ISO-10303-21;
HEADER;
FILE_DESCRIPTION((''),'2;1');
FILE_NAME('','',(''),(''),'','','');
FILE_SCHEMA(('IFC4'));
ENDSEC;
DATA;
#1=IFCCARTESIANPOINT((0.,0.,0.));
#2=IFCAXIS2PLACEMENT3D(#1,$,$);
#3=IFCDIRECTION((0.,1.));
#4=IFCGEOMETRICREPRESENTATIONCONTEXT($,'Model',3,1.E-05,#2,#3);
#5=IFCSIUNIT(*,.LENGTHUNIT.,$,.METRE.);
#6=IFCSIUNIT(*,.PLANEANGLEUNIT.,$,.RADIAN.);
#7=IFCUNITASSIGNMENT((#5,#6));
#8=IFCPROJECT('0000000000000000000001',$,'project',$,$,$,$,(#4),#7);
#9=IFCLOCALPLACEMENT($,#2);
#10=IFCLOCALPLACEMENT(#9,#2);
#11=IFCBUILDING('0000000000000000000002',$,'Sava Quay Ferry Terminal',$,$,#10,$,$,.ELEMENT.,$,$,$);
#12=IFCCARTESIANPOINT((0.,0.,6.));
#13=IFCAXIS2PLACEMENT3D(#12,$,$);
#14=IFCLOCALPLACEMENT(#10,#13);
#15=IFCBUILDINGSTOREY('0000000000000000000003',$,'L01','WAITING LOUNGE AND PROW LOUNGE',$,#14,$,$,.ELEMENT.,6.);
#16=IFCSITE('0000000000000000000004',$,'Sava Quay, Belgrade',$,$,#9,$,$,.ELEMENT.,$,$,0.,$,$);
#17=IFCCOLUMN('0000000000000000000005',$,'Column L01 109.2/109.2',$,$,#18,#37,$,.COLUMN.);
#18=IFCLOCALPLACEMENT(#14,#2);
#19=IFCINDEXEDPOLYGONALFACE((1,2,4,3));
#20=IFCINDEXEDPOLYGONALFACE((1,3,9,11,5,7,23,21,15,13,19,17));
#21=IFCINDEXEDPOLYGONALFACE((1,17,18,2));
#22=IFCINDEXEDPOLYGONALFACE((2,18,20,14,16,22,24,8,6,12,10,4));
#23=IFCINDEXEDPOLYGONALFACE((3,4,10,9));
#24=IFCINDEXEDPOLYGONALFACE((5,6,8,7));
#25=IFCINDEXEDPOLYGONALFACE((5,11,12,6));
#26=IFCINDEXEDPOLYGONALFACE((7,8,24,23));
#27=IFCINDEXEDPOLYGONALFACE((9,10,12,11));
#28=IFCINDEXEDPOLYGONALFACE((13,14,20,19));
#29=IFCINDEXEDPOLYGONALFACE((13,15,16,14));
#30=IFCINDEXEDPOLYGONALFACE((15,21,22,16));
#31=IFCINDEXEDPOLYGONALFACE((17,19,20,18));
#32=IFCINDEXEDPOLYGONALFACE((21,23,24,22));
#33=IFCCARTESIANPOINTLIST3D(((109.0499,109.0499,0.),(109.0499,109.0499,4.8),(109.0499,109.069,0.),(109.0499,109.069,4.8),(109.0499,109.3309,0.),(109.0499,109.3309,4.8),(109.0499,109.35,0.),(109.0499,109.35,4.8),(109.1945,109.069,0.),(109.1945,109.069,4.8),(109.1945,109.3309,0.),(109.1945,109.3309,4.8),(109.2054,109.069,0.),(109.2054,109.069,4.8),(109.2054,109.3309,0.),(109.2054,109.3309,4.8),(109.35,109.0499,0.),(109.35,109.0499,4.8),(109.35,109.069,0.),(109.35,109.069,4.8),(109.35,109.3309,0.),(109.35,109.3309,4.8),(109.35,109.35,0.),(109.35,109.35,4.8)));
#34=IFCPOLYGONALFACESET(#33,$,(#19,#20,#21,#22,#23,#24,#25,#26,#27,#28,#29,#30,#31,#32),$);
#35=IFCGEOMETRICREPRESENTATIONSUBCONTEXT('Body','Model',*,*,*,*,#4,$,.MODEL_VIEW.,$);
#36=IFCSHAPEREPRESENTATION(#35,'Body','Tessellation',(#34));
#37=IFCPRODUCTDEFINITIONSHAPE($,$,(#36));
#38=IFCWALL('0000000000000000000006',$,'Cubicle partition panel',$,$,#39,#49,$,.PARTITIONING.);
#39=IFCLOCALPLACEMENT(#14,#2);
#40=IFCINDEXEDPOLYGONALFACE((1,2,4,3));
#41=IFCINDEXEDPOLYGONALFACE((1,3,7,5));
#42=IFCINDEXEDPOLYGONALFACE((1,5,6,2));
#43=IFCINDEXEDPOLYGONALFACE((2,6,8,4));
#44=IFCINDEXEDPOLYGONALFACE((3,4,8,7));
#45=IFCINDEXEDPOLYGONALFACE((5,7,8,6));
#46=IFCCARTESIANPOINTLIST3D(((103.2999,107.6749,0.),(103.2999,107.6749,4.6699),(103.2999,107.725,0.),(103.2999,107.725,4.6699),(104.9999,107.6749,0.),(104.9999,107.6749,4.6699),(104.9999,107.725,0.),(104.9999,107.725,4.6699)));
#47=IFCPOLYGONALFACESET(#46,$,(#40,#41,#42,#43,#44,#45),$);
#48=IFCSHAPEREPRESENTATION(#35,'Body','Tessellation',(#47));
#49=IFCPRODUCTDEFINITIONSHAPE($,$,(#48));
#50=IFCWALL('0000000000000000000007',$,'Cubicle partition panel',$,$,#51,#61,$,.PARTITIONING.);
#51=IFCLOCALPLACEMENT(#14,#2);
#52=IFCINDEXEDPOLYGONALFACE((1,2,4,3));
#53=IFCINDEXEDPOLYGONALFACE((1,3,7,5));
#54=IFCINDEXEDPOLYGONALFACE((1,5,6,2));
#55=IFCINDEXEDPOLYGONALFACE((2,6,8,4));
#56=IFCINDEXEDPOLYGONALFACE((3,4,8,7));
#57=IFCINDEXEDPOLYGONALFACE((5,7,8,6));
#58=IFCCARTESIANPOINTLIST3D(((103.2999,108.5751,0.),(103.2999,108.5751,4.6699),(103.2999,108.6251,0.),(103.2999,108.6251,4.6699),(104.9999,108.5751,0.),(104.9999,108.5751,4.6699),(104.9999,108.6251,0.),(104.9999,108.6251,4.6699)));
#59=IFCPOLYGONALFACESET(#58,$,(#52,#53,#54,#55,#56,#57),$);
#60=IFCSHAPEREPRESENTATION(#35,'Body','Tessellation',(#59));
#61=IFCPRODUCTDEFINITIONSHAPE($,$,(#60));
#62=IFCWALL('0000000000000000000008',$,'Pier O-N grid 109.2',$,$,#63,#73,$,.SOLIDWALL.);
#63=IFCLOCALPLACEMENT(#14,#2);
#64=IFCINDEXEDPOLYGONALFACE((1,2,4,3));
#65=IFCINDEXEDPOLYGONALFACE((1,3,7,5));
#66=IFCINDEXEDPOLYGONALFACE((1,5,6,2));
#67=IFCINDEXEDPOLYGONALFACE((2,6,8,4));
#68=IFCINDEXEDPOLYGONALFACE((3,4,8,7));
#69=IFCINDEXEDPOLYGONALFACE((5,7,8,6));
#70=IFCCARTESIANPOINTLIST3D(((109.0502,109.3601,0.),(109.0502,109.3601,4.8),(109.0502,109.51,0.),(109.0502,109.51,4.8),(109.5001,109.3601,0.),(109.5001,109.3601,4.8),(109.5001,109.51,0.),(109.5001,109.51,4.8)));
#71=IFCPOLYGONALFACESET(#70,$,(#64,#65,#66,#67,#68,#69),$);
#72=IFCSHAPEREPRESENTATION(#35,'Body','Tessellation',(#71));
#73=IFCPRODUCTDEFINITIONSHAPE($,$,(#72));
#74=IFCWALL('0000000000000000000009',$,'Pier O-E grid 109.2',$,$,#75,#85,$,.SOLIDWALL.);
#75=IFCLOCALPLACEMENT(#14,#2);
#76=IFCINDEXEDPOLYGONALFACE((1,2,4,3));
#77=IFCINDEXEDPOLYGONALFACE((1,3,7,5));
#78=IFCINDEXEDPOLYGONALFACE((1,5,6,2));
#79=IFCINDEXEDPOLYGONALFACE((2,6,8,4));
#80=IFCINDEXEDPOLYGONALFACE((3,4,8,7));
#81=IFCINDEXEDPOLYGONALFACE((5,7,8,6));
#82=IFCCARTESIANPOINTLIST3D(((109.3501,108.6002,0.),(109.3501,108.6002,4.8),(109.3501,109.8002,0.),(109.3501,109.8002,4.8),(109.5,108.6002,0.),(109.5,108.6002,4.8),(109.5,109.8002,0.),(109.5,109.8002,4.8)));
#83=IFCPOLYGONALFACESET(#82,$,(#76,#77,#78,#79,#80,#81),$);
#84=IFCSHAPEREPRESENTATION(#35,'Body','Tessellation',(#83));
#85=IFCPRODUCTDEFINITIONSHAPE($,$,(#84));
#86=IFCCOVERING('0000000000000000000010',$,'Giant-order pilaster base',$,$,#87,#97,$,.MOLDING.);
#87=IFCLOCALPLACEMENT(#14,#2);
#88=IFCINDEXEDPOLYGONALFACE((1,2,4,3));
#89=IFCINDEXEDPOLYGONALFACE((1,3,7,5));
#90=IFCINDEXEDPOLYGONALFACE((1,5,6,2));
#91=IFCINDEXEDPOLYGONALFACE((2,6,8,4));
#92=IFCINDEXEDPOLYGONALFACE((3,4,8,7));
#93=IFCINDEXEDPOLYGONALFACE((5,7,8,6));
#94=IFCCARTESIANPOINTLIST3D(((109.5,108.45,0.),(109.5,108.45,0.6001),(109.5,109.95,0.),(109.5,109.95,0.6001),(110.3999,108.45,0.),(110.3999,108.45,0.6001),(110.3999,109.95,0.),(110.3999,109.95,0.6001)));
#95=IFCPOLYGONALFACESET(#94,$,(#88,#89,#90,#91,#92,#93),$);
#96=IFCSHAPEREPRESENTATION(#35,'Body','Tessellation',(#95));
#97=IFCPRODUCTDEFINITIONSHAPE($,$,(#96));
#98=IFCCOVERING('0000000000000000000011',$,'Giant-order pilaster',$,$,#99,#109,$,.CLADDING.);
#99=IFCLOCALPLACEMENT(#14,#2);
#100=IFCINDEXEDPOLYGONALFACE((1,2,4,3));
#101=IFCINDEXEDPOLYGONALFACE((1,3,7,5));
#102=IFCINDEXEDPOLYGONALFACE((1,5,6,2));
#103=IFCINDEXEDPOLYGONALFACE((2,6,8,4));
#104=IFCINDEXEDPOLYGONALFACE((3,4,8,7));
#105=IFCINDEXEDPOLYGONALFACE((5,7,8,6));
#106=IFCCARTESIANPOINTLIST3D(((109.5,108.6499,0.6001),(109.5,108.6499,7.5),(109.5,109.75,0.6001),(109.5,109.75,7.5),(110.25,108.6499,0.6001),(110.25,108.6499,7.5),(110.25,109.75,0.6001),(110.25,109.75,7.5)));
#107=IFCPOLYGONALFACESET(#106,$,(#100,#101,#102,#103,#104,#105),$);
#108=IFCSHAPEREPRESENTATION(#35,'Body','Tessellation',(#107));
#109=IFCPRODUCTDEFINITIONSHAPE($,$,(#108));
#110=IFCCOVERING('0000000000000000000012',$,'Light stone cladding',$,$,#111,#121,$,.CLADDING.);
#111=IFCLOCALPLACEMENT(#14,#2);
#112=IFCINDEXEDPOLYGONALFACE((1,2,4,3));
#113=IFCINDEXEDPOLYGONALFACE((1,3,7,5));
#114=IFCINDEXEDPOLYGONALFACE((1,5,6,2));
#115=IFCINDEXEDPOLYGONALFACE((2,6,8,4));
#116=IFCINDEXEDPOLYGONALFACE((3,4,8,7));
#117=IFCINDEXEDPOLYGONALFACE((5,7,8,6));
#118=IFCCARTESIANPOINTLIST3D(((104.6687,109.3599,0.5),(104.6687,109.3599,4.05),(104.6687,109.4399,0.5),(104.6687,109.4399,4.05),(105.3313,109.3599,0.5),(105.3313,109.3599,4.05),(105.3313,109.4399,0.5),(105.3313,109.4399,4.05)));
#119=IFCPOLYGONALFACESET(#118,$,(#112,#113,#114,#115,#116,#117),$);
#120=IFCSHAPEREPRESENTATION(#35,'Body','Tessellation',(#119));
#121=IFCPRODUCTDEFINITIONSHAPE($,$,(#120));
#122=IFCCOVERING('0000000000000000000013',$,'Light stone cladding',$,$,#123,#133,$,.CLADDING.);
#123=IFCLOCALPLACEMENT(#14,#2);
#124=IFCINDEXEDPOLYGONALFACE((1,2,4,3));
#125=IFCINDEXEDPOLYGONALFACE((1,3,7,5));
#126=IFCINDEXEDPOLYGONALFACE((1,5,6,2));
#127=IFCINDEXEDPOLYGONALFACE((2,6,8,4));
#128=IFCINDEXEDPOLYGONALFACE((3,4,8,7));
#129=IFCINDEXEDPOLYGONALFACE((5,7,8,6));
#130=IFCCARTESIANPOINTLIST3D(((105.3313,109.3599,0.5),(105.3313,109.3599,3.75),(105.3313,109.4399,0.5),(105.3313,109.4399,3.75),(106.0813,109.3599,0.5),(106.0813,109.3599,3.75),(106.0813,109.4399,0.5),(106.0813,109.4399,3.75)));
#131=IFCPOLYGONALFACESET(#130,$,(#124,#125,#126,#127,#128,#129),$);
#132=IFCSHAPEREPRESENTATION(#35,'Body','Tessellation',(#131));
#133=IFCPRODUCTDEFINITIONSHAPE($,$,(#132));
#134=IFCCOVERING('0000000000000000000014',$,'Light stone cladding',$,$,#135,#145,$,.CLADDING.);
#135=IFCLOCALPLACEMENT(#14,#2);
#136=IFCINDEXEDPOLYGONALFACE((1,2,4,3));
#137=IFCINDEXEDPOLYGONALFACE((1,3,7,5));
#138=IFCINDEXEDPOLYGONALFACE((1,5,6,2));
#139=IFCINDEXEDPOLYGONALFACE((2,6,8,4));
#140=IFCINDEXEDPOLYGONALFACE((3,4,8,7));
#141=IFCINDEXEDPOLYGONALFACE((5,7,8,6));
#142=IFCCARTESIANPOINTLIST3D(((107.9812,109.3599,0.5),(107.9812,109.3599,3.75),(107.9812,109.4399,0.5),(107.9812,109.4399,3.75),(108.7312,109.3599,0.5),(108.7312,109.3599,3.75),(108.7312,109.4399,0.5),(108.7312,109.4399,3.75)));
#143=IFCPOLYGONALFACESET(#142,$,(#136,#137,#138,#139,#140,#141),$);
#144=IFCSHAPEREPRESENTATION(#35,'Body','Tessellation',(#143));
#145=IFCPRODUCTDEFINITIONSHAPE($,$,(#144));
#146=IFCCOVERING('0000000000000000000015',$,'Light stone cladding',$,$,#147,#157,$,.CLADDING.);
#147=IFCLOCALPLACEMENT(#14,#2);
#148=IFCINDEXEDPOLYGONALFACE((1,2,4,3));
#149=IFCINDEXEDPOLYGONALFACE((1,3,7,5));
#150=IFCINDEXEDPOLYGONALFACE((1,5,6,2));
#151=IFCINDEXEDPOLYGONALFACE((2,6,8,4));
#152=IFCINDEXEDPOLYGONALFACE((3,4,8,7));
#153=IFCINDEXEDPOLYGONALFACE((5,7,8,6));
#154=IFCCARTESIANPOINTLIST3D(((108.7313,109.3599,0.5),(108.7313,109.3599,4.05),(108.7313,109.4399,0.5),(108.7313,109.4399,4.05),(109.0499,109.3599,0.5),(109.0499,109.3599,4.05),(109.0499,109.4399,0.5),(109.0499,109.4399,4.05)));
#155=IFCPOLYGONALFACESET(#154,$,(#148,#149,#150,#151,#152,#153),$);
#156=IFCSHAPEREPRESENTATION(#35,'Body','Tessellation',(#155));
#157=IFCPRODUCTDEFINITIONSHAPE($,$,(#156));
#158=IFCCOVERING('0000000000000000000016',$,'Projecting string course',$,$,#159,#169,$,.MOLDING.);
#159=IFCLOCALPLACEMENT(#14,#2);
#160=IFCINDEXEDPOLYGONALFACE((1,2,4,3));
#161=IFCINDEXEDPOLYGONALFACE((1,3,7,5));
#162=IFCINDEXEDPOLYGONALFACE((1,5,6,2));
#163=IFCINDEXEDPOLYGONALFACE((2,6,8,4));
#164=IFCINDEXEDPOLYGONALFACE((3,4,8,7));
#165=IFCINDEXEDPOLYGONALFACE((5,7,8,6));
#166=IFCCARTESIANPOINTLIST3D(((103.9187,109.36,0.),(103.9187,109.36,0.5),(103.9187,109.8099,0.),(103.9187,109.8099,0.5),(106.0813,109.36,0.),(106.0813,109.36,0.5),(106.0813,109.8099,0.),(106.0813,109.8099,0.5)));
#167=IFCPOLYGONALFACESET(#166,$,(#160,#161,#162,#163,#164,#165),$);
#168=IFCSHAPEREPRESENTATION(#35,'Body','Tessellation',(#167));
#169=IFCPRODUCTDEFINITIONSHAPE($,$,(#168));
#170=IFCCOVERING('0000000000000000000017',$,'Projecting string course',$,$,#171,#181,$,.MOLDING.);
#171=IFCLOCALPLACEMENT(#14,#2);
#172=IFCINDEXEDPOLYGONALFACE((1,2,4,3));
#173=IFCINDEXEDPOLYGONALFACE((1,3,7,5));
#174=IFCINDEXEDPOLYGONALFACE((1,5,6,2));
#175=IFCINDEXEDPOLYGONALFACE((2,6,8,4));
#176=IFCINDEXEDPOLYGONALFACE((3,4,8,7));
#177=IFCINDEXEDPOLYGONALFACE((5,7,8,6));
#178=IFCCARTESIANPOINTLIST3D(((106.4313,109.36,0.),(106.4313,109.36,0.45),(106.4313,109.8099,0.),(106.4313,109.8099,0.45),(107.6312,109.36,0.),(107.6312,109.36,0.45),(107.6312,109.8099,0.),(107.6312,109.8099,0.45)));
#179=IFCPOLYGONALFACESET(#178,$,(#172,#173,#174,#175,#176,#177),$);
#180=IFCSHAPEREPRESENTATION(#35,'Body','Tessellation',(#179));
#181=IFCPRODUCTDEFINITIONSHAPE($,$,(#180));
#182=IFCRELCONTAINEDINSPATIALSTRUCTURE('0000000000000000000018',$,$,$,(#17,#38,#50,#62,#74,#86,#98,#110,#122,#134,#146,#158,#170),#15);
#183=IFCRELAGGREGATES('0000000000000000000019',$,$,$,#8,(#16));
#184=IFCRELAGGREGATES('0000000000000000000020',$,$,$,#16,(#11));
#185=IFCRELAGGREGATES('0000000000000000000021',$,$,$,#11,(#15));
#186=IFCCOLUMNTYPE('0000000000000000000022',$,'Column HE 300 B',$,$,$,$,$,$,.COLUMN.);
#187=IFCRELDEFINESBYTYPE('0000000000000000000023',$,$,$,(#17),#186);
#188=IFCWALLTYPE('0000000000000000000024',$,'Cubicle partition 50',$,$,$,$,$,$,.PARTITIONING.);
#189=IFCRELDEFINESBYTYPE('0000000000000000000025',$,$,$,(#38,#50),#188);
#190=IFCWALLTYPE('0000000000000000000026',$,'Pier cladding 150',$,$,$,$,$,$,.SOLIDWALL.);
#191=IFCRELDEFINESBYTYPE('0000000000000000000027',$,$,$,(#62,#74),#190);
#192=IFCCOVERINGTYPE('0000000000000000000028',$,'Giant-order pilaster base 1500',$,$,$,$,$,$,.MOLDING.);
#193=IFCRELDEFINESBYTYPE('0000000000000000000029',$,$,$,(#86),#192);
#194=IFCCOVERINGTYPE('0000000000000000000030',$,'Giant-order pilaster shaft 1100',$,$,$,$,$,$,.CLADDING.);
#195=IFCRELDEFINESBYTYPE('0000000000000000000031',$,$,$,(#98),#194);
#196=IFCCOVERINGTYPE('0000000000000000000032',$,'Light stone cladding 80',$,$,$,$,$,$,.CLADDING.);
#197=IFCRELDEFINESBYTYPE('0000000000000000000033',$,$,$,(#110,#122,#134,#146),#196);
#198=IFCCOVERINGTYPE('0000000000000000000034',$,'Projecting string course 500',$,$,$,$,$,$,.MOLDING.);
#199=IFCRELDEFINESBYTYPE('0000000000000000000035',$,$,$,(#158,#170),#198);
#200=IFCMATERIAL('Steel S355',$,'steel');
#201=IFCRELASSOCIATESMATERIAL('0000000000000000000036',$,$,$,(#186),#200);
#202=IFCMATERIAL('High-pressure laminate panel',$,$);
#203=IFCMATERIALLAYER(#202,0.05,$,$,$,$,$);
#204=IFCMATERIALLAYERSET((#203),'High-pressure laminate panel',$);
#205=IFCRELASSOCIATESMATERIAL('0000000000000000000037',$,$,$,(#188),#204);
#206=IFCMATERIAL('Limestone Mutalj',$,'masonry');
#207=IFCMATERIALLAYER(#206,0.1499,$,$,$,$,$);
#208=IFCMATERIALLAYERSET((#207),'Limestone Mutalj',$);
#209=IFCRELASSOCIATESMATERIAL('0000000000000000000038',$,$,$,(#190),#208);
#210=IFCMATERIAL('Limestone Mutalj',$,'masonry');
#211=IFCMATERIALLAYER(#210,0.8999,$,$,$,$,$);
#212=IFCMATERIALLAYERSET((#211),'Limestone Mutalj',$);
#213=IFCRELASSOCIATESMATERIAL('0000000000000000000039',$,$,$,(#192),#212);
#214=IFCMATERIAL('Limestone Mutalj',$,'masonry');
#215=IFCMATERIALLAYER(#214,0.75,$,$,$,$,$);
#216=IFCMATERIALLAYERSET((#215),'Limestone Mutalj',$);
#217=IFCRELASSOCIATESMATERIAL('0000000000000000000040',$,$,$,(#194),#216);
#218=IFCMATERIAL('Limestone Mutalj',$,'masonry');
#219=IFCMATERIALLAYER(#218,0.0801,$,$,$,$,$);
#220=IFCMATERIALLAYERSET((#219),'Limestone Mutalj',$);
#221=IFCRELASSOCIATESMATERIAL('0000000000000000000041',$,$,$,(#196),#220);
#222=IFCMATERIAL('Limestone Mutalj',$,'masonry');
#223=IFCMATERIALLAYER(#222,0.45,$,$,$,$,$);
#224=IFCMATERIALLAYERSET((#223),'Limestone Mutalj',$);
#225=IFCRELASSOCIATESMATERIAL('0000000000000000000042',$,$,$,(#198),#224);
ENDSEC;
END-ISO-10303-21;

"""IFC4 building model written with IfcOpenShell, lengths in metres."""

from ifc_helpers import new_model, si_unit, direction, frame, frame_2d, origin, origin_2d, place, context, subcontext, project, spatial, rectangle, i_section, extrude, material, layer, layer_set, material_profile, profile_set, type_object, element, save


model = new_model("IFC4")

# Units and contexts
model_context = context("Model", 3, precision=1e-05, world=origin(), true_north=direction((0.0, 1.0)))
body_context = subcontext(model_context, "Body", "Model", "MODEL_VIEW")
ifc_project = project(units=[si_unit("LENGTHUNIT", "METRE"), si_unit("PLANEANGLEUNIT", "RADIAN")], contexts=[model_context])

# Site, building, storey
site_placement = place(None, origin())
site = spatial("IfcSite", under=ifc_project, at=site_placement, Name="Sava Quay, Belgrade", CompositionType="ELEMENT", RefElevation=0.0)
building_placement = place(site_placement, origin())
building = spatial("IfcBuilding", under=site, at=building_placement, Name="Sava Quay Ferry Terminal", CompositionType="ELEMENT")
storey_placement = place(building_placement, frame((0.0, 0.0, 6.0)))
storey = spatial("IfcBuildingStorey", under=building, at=storey_placement, Name="L01", Description="WAITING LOUNGE AND PROW LOUNGE", CompositionType="ELEMENT", Elevation=6.0)

# Column
ifc_material_1 = material(Name="Steel S355", Category="steel")
ifc_material_profile = material_profile(ifc_material_1, i_section(OverallWidth=0.3, OverallDepth=0.3, WebThickness=0.011, FlangeThickness=0.019, at=origin_2d()), Name="HE 300 B")
ifc_profile_set = profile_set([ifc_material_profile], Name="Steel S355")
column_type = type_object("IfcColumnType", Name="Column HE 300 B", PredefinedType="COLUMN", material=ifc_profile_set)
column_placement = place(storey_placement, frame((109.2, 109.2, 0.0), z_axis=(0.0, 0.0, 1.0), x_axis=(1.0, 0.0, 0.0)))
element("IfcColumn", 1, at=column_placement, inside=storey, type_object=column_type, Name="Column L01 109.2/109.2", PredefinedType="COLUMN", context=body_context, shape_type="SweptSolid", body=[
    extrude(i_section(OverallWidth=0.3, OverallDepth=0.3, WebThickness=0.011, FlangeThickness=0.019, at=origin_2d()), origin(), (0.0, 0.0, 1.0), 4.8),
])

# Walls
ifc_material_2 = material(Name="High-pressure laminate panel")
ifc_layer_1 = layer(ifc_material_2, 0.05)
ifc_layer_set_1 = layer_set([ifc_layer_1], Name="High-pressure laminate panel")
wall_type_1 = type_object("IfcWallType", Name="Cubicle partition 50", PredefinedType="PARTITIONING", material=ifc_layer_set_1)
for number, where, z_axis, x_axis, name in (
    (2, (105.0, 107.7, 0.0), (0.0, 0.0, 1.0), (-1.0, 0.0, 0.0), "Cubicle partition panel"),
    (3, (105.0, 108.6001, 0.0), (0.0, 0.0, 1.0), (-1.0, 0.0, 0.0), "Cubicle partition panel"),
):
    element("IfcWall", number, at=place(storey_placement, frame(where, z_axis=z_axis, x_axis=x_axis)), inside=storey, type_object=wall_type_1, Name=name, PredefinedType="PARTITIONING", context=body_context, shape_type="SweptSolid", body=[
        extrude(rectangle(XDim=1.7, YDim=0.05, at=frame_2d((0.8501, 0.0))), origin(), (0.0, 0.0, 1.0), 4.6699),
    ])
ifc_material_3 = material(Name="Limestone Mutalj", Category="masonry")
ifc_layer_2 = layer(ifc_material_3, 0.1499)
ifc_layer_set_2 = layer_set([ifc_layer_2], Name="Limestone Mutalj")
wall_type_2 = type_object("IfcWallType", Name="Pier cladding 150", PredefinedType="SOLIDWALL", material=ifc_layer_set_2)
wall_1_placement = place(storey_placement, frame((109.05, 109.4351, 0.0), z_axis=(0.0, 0.0, 1.0), x_axis=(1.0, 0.0, 0.0)))
element("IfcWall", 4, at=wall_1_placement, inside=storey, type_object=wall_type_2, Name="Pier O-N grid 109.2", PredefinedType="SOLIDWALL", context=body_context, shape_type="SweptSolid", body=[
    extrude(rectangle(XDim=0.45, YDim=0.1499, at=frame_2d((0.2251, 0.0))), origin(), (0.0, 0.0, 1.0), 4.8),
])
wall_2_placement = place(storey_placement, frame((109.425, 108.6001, 0.0), z_axis=(0.0, 0.0, 1.0), x_axis=(0.0, 1.0, 0.0)))
element("IfcWall", 5, at=wall_2_placement, inside=storey, type_object=wall_type_2, Name="Pier O-E grid 109.2", PredefinedType="SOLIDWALL", context=body_context, shape_type="SweptSolid", body=[
    extrude(rectangle(XDim=1.2, YDim=0.1499, at=frame_2d((0.6001, 0.0))), origin(), (0.0, 0.0, 1.0), 4.8),
])

# Coverings
ifc_material_4 = material(Name="Limestone Mutalj", Category="masonry")
ifc_layer_3 = layer(ifc_material_4, 0.8999)
ifc_layer_set_3 = layer_set([ifc_layer_3], Name="Limestone Mutalj")
covering_type_1 = type_object("IfcCoveringType", Name="Giant-order pilaster base 1500", PredefinedType="MOLDING", material=ifc_layer_set_3)
covering_1_placement = place(storey_placement, frame((109.95, 109.2, 0.0), z_axis=(0.0, 0.0, 1.0), x_axis=(1.0, 0.0, 0.0)))
element("IfcCovering", 6, at=covering_1_placement, inside=storey, type_object=covering_type_1, Name="Giant-order pilaster base", PredefinedType="MOLDING", context=body_context, shape_type="SweptSolid", body=[
    extrude(rectangle(XDim=0.8999, YDim=1.5, at=origin_2d()), origin(), (0.0, 0.0, 1.0), 0.6001),
])
ifc_material_5 = material(Name="Limestone Mutalj", Category="masonry")
ifc_layer_4 = layer(ifc_material_5, 0.75)
ifc_layer_set_4 = layer_set([ifc_layer_4], Name="Limestone Mutalj")
covering_type_2 = type_object("IfcCoveringType", Name="Giant-order pilaster shaft 1100", PredefinedType="CLADDING", material=ifc_layer_set_4)
covering_2_placement = place(storey_placement, frame((109.875, 109.2, 0.6001), z_axis=(0.0, 0.0, 1.0), x_axis=(1.0, 0.0, 0.0)))
element("IfcCovering", 7, at=covering_2_placement, inside=storey, type_object=covering_type_2, Name="Giant-order pilaster", PredefinedType="CLADDING", context=body_context, shape_type="SweptSolid", body=[
    extrude(rectangle(XDim=0.75, YDim=1.1001, at=origin_2d()), origin(), (0.0, 0.0, 1.0), 6.8999),
])
ifc_material_6 = material(Name="Limestone Mutalj", Category="masonry")
ifc_layer_5 = layer(ifc_material_6, 0.0801)
ifc_layer_set_5 = layer_set([ifc_layer_5], Name="Limestone Mutalj")
covering_type_3 = type_object("IfcCoveringType", Name="Light stone cladding 80", PredefinedType="CLADDING", material=ifc_layer_set_5)
covering_3_placement = place(storey_placement, frame((105.0, 109.3999, 0.5), z_axis=(0.0, 0.0, 1.0), x_axis=(1.0, 0.0, 0.0)))
element("IfcCovering", 8, at=covering_3_placement, inside=storey, type_object=covering_type_3, Name="Light stone cladding", PredefinedType="CLADDING", context=body_context, shape_type="SweptSolid", body=[
    extrude(rectangle(XDim=0.6626, YDim=0.0801, at=origin_2d()), origin(), (0.0, 0.0, 1.0), 3.55),
])
for number, where, z_axis, x_axis, name in (
    (9, (105.7063, 109.3999, 0.5), (0.0, 0.0, 1.0), (1.0, 0.0, 0.0), "Light stone cladding"),
    (10, (108.3562, 109.3999, 0.5), (0.0, 0.0, 1.0), (1.0, 0.0, 0.0), "Light stone cladding"),
):
    element("IfcCovering", number, at=place(storey_placement, frame(where, z_axis=z_axis, x_axis=x_axis)), inside=storey, type_object=covering_type_3, Name=name, PredefinedType="CLADDING", context=body_context, shape_type="SweptSolid", body=[
        extrude(rectangle(XDim=0.75, YDim=0.0801, at=origin_2d()), origin(), (0.0, 0.0, 1.0), 3.25),
    ])
covering_4_placement = place(storey_placement, frame((108.8906, 109.3999, 0.5), z_axis=(0.0, 0.0, 1.0), x_axis=(1.0, 0.0, 0.0)))
element("IfcCovering", 11, at=covering_4_placement, inside=storey, type_object=covering_type_3, Name="Light stone cladding", PredefinedType="CLADDING", context=body_context, shape_type="SweptSolid", body=[
    extrude(rectangle(XDim=0.3186, YDim=0.0801, at=origin_2d()), origin(), (0.0, 0.0, 1.0), 3.55),
])
ifc_material_7 = material(Name="Limestone Mutalj", Category="masonry")
ifc_layer_6 = layer(ifc_material_7, 0.45)
ifc_layer_set_6 = layer_set([ifc_layer_6], Name="Limestone Mutalj")
covering_type_4 = type_object("IfcCoveringType", Name="Projecting string course 500", PredefinedType="MOLDING", material=ifc_layer_set_6)
covering_5_placement = place(storey_placement, frame((105.0, 109.585, 0.0), z_axis=(0.0, 0.0, 1.0), x_axis=(1.0, 0.0, 0.0)))
element("IfcCovering", 12, at=covering_5_placement, inside=storey, type_object=covering_type_4, Name="Projecting string course", PredefinedType="MOLDING", context=body_context, shape_type="SweptSolid", body=[
    extrude(rectangle(XDim=2.1626, YDim=0.45, at=origin_2d()), origin(), (0.0, 0.0, 1.0), 0.5),
])
covering_6_placement = place(storey_placement, frame((107.0312, 109.585, 0.0), z_axis=(0.0, 0.0, 1.0), x_axis=(1.0, 0.0, 0.0)))
element("IfcCovering", 13, at=covering_6_placement, inside=storey, type_object=covering_type_4, Name="Projecting string course", PredefinedType="MOLDING", context=body_context, shape_type="SweptSolid", body=[
    extrude(rectangle(XDim=1.2, YDim=0.45, at=origin_2d()), origin(), (0.0, 0.0, 1.0), 0.45),
])

save(model, "model.ifc")
